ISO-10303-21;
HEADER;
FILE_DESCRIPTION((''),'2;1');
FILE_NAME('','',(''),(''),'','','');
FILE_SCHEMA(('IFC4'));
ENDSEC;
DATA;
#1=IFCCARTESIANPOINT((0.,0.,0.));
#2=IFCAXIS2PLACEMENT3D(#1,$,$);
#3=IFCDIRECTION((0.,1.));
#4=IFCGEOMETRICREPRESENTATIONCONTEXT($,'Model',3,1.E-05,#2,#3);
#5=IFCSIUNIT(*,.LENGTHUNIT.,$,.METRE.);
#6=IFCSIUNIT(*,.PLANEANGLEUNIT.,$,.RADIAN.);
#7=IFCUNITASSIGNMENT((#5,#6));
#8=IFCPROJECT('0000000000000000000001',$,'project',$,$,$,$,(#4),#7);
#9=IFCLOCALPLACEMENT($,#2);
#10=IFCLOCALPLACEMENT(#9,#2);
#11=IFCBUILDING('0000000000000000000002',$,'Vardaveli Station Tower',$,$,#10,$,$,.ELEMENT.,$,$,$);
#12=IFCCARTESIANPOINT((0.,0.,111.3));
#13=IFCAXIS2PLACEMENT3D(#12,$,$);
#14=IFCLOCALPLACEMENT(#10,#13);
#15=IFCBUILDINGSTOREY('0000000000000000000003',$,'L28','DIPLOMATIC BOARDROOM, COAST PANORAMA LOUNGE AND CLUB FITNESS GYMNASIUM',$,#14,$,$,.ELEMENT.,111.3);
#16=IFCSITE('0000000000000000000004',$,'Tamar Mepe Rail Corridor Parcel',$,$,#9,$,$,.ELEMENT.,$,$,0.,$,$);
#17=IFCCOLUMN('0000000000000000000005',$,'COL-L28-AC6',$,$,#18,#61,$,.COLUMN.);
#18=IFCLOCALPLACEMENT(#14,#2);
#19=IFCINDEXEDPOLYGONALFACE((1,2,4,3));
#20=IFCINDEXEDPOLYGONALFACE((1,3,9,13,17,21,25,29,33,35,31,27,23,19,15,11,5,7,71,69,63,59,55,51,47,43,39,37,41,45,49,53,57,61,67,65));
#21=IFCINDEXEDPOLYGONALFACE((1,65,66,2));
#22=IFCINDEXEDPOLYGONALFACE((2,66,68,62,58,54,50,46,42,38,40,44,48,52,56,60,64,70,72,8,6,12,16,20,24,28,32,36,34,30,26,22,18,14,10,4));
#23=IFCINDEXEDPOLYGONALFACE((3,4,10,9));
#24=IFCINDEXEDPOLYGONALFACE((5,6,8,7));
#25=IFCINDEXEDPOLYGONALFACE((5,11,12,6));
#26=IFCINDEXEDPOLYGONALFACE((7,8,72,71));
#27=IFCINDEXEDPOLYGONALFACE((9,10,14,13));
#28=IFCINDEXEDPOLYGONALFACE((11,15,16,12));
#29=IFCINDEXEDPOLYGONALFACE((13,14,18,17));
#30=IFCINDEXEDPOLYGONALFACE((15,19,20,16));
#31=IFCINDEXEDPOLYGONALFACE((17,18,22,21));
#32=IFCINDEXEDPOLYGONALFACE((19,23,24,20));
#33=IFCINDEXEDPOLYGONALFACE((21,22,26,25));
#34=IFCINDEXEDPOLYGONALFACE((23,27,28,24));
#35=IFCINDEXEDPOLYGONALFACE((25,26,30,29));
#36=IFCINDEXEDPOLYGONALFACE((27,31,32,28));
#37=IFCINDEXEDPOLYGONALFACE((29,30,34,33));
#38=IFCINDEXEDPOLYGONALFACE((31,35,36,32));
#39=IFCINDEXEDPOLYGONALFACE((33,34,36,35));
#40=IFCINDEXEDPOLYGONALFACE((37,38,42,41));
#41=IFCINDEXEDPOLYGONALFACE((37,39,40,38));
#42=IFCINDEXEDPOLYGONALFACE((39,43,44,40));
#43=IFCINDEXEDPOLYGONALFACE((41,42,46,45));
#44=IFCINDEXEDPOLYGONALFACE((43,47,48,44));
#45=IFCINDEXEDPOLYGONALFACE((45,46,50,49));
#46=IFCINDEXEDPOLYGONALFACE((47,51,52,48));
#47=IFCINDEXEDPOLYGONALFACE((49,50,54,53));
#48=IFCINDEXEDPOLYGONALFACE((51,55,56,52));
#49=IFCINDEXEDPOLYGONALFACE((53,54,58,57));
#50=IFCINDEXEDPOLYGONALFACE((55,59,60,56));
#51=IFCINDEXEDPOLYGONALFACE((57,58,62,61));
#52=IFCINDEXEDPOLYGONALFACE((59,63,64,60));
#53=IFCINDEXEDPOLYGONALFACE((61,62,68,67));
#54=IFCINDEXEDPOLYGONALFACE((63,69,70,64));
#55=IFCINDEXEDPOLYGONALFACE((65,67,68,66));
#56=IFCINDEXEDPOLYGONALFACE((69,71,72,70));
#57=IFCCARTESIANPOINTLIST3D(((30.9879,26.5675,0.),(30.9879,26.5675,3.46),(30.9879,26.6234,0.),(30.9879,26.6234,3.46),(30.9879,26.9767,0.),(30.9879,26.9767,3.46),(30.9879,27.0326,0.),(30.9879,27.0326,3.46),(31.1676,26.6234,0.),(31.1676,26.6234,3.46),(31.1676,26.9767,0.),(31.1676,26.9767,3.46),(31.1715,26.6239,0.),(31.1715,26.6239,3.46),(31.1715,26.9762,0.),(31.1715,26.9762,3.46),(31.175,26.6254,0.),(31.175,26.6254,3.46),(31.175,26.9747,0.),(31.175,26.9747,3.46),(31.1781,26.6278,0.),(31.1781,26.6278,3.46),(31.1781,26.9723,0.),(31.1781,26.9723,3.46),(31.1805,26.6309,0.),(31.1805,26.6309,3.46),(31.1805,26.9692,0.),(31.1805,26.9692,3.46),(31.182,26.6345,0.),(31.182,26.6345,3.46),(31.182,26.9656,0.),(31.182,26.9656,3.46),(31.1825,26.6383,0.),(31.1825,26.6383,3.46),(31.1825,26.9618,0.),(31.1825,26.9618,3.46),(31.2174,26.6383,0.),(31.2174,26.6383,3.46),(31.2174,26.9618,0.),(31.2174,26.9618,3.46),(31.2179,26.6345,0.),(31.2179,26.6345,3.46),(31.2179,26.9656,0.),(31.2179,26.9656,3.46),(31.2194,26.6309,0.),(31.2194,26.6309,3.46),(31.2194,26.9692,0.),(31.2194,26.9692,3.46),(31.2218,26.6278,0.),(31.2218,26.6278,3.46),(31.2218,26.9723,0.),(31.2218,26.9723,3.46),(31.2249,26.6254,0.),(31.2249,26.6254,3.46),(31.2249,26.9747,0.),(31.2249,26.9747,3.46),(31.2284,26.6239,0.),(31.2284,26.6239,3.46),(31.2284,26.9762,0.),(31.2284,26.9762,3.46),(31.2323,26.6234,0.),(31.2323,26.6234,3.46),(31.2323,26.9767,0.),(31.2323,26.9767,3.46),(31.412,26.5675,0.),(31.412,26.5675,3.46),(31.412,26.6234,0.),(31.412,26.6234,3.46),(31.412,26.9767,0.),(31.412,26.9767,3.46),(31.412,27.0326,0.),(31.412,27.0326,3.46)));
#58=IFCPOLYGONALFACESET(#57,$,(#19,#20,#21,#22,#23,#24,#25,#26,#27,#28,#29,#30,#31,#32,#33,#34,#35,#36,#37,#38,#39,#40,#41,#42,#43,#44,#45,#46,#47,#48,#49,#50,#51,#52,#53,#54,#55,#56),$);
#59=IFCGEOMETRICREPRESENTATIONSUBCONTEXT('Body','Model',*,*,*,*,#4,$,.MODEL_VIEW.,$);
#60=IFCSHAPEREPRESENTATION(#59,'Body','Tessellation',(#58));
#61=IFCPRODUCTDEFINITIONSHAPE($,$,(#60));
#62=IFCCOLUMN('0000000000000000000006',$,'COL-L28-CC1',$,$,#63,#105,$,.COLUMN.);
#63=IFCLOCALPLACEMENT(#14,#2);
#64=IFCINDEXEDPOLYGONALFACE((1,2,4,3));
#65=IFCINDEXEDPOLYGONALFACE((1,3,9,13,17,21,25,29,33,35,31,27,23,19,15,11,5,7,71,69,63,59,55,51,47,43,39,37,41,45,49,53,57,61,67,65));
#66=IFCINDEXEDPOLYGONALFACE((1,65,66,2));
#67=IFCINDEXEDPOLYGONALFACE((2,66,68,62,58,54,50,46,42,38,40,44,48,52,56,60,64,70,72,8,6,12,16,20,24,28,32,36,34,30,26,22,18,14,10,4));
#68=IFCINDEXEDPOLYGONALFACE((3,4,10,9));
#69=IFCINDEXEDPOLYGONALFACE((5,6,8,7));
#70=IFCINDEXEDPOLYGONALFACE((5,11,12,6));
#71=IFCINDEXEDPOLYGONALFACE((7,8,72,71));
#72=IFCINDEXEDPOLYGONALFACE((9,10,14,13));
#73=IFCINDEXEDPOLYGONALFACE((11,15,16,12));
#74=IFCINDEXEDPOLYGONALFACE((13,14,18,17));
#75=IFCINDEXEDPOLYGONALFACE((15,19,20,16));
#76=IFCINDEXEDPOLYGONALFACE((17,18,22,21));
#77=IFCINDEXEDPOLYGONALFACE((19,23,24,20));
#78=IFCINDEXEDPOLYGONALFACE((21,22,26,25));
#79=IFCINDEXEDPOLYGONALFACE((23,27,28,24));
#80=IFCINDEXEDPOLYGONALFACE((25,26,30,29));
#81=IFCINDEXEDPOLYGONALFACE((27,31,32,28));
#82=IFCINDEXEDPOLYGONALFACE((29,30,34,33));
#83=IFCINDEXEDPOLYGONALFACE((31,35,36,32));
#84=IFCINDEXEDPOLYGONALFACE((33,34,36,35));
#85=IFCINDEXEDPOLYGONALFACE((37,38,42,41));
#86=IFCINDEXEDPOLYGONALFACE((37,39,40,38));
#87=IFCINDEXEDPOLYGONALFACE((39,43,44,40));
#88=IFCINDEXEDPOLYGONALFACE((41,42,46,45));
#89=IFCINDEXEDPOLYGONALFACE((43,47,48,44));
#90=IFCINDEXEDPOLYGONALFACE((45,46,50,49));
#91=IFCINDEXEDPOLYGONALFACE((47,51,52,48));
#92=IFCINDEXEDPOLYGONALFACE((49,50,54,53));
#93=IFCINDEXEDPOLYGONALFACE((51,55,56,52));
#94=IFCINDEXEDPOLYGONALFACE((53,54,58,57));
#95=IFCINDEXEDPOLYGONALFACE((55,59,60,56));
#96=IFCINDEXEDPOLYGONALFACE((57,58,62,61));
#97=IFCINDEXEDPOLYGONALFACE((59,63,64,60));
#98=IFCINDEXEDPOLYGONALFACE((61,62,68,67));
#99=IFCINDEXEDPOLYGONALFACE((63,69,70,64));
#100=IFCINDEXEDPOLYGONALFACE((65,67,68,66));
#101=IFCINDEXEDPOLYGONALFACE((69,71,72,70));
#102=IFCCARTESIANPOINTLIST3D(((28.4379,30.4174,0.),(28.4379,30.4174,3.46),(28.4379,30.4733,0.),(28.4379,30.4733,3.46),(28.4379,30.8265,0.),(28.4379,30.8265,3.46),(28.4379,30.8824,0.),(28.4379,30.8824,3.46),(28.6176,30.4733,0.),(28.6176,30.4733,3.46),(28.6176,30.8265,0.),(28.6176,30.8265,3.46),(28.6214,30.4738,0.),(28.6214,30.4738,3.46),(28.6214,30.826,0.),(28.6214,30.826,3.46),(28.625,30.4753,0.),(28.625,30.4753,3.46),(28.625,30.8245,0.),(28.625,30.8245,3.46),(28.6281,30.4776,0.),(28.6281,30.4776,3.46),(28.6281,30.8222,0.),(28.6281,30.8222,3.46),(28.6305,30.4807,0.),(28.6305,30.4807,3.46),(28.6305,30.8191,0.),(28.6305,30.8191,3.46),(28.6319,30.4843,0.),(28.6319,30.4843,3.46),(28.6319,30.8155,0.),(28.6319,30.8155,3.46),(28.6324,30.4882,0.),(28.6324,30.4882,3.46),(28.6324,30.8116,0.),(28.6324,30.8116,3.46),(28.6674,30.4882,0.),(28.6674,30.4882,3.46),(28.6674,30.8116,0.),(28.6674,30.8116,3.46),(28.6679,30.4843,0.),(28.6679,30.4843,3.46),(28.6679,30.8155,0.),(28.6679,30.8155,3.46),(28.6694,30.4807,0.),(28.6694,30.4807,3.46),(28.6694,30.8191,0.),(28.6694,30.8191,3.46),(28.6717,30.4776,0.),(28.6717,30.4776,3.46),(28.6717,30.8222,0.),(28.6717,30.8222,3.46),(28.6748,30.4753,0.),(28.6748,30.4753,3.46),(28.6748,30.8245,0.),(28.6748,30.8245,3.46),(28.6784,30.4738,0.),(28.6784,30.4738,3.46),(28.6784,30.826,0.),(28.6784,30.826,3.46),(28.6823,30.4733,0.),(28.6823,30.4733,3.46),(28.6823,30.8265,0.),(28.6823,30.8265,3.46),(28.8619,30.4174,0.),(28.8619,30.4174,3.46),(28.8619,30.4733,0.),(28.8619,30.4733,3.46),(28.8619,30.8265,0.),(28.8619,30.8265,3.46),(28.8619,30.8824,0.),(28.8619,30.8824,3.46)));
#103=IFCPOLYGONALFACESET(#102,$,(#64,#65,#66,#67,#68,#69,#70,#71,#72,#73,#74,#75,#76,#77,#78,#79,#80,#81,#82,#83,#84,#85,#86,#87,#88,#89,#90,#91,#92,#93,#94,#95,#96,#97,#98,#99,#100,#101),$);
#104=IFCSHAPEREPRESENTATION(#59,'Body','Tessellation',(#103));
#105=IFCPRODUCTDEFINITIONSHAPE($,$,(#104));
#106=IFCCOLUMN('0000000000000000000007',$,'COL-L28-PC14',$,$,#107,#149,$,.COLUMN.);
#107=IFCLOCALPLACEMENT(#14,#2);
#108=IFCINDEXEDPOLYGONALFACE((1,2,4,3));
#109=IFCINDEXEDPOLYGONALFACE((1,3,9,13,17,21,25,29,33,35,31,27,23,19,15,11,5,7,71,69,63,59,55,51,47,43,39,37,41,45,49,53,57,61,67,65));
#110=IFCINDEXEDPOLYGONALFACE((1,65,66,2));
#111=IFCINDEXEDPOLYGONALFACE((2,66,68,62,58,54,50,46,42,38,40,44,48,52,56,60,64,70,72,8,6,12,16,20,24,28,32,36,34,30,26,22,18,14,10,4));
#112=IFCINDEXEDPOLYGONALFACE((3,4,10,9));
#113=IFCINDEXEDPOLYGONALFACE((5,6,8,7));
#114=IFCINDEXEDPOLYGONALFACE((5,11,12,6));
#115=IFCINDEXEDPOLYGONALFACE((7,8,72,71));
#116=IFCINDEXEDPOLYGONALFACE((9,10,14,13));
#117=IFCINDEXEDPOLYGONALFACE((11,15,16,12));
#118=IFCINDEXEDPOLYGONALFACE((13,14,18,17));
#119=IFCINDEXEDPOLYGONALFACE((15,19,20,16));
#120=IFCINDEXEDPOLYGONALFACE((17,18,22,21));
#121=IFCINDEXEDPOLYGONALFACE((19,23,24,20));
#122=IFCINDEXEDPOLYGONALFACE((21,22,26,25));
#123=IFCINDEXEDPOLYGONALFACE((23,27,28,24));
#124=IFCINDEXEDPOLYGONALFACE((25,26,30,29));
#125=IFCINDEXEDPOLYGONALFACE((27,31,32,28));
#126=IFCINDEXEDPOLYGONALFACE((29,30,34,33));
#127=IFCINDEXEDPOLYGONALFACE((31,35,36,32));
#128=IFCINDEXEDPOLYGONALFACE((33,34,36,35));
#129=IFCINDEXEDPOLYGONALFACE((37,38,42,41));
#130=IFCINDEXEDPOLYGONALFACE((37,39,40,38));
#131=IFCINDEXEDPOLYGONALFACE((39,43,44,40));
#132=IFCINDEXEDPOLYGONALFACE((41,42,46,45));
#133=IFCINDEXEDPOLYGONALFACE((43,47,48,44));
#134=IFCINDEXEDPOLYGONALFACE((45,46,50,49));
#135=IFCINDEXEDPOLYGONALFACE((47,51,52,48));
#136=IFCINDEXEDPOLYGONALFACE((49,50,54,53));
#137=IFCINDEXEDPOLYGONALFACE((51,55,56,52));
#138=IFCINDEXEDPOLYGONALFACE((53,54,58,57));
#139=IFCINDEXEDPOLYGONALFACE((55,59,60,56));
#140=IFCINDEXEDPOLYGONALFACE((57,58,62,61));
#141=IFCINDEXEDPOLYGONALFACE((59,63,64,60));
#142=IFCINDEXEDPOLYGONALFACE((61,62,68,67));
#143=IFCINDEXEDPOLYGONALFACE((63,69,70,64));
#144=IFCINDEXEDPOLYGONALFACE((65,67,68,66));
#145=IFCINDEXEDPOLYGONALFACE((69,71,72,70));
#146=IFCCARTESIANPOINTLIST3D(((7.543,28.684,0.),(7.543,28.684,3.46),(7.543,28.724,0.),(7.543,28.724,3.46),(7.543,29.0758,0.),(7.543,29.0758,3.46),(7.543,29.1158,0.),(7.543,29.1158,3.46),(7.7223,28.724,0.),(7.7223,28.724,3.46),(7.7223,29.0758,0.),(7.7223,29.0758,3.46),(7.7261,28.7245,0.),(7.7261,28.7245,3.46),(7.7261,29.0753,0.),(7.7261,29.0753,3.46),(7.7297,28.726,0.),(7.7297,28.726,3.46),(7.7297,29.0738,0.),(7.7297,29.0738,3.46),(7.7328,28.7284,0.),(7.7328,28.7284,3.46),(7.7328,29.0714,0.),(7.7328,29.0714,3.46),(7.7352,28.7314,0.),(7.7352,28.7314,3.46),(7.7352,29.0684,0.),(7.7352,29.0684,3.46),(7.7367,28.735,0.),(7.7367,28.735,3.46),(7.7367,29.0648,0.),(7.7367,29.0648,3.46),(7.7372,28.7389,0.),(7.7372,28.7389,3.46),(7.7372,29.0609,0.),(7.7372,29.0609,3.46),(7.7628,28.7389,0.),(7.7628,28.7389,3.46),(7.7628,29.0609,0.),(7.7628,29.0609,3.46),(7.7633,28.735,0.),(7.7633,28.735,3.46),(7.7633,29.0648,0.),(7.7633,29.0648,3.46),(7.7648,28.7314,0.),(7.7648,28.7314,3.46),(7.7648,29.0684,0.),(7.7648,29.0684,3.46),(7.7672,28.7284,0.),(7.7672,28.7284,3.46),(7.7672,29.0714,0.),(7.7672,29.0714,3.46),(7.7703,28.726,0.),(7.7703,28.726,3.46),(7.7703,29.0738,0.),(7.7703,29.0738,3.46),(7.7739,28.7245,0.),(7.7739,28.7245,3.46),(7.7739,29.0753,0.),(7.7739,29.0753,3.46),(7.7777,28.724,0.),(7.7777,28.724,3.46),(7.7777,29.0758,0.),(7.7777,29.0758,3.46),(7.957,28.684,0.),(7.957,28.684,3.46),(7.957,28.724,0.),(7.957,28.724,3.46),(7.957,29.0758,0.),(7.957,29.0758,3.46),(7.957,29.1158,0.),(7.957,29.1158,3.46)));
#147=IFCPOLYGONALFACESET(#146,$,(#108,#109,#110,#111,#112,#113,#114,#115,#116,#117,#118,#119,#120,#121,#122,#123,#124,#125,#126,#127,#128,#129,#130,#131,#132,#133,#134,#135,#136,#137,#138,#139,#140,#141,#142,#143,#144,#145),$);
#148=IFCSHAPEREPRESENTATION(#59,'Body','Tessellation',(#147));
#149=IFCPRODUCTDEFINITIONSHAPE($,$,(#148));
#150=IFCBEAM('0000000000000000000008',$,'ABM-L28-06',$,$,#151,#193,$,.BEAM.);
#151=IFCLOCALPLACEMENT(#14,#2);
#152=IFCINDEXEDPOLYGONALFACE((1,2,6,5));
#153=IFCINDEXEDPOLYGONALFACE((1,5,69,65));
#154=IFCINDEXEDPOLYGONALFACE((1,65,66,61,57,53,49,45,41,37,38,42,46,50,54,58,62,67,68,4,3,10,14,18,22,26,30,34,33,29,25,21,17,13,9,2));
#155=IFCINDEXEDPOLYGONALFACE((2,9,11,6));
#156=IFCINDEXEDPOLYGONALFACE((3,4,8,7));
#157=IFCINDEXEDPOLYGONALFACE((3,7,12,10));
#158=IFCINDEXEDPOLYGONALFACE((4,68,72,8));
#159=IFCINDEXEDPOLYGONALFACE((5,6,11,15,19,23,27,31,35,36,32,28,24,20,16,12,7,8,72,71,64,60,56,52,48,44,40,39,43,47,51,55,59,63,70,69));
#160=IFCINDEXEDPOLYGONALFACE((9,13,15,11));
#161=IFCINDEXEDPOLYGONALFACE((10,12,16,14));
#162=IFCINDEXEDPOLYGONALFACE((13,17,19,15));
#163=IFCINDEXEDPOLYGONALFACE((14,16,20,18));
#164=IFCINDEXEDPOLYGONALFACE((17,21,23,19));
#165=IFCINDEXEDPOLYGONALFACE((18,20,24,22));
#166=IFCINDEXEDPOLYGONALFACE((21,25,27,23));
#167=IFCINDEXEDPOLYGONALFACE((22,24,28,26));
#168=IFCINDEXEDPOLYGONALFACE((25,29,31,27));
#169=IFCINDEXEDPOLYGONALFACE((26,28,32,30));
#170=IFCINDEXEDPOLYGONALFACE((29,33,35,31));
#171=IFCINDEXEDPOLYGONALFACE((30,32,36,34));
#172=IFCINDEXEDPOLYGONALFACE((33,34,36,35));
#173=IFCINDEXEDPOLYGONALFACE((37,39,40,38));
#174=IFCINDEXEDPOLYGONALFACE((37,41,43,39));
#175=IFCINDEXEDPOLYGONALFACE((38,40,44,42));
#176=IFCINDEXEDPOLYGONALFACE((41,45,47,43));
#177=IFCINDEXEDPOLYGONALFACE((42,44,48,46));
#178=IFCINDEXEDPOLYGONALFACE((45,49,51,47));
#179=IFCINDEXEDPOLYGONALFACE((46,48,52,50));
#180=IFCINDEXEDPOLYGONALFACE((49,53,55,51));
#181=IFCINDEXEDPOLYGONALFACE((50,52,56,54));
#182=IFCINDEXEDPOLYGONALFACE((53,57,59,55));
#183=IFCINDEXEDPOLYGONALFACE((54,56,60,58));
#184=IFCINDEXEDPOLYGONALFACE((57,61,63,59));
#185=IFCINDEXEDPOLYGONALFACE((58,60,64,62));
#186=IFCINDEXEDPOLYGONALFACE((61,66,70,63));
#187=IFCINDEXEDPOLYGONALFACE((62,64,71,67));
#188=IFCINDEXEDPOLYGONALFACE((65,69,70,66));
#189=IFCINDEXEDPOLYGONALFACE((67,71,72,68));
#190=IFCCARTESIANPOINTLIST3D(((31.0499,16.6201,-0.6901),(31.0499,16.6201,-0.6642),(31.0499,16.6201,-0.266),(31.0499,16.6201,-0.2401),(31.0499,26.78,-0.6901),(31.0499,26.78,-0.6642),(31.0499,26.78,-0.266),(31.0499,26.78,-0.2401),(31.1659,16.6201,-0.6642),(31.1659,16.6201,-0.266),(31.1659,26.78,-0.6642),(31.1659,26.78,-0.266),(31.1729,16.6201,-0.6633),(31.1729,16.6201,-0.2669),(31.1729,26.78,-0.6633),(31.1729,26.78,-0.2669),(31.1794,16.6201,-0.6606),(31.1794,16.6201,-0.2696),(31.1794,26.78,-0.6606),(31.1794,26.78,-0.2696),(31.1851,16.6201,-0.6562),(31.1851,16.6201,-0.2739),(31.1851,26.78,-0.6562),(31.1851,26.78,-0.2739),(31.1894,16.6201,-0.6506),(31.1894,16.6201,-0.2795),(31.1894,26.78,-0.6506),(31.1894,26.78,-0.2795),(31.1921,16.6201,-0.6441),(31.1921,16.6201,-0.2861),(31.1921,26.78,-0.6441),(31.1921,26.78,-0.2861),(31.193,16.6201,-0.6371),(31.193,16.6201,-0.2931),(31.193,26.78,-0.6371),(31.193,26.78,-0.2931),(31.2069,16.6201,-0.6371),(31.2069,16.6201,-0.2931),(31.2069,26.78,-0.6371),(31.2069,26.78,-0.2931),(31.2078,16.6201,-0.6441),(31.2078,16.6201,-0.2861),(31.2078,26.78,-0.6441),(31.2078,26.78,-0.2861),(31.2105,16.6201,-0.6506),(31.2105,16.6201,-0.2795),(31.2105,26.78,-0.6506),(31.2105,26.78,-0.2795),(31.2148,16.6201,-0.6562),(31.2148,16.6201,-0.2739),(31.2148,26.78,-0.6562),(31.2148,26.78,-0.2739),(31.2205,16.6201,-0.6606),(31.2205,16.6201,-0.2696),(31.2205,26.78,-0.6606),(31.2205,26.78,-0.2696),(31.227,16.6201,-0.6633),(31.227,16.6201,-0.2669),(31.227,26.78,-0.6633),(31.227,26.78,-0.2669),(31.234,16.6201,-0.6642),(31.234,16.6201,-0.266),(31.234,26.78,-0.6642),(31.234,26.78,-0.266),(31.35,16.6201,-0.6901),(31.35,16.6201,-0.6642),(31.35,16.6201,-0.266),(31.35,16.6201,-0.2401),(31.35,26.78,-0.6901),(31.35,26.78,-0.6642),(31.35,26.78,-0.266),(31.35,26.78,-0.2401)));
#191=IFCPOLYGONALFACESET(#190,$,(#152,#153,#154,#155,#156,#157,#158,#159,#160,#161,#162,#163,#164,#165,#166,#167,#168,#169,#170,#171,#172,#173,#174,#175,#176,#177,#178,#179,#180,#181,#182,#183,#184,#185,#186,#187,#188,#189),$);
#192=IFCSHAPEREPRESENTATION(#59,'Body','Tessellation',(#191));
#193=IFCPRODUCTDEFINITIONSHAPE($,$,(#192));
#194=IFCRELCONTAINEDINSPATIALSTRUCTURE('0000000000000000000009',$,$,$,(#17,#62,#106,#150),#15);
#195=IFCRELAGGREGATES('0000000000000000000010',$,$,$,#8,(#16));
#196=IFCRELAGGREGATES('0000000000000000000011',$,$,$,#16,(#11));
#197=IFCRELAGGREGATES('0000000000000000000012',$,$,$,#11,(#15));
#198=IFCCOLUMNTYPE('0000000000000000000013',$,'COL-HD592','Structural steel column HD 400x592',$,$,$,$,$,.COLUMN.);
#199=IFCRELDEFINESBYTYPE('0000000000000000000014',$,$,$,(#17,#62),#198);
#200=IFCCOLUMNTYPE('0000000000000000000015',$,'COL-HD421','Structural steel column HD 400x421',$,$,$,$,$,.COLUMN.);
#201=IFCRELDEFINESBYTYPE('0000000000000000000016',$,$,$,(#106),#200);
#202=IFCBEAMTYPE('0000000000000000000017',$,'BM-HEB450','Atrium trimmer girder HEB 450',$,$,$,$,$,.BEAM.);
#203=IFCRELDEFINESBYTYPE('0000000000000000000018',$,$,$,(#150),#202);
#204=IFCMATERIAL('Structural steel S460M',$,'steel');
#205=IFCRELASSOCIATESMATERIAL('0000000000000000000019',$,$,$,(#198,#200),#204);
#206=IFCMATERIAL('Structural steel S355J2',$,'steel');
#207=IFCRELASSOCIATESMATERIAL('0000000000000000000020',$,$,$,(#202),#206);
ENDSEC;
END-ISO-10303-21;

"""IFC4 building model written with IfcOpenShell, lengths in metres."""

from ifc_helpers import new_model, si_unit, direction, frame, origin, origin_2d, place, context, subcontext, project, spatial, i_section, extrude, source, transform, mapped, material, material_profile, profile_set, type_object, element, save


model = new_model("IFC4")

# Units and contexts
model_context = context("Model", 3, precision=1e-05, world=origin(), true_north=direction((0.0, 1.0)))
body_context = subcontext(model_context, "Body", "Model", "MODEL_VIEW")
ifc_project = project(units=[si_unit("LENGTHUNIT", "METRE"), si_unit("PLANEANGLEUNIT", "RADIAN")], contexts=[model_context])

# Site, building, storey
site_placement = place(None, origin())
site = spatial("IfcSite", under=ifc_project, at=site_placement, Name="Tamar Mepe Rail Corridor Parcel", CompositionType="ELEMENT", RefElevation=0.0)
building_placement = place(site_placement, origin())
building = spatial("IfcBuilding", under=site, at=building_placement, Name="Vardaveli Station Tower", CompositionType="ELEMENT")
storey_placement = place(building_placement, frame((0.0, 0.0, 111.3)))
storey = spatial("IfcBuildingStorey", under=building, at=storey_placement, Name="L28", Description="DIPLOMATIC BOARDROOM, COAST PANORAMA LOUNGE AND CLUB FITNESS GYMNASIUM", CompositionType="ELEMENT", Elevation=111.3)

# Columns
ifc_material_1 = material(Name="Structural steel S460M", Category="steel")
ifc_material_profile_1 = material_profile(ifc_material_1, i_section(OverallWidth=0.4241, OverallDepth=0.4651, WebThickness=0.0349, FlangeThickness=0.0559, FilletRadius=0.0149, at=origin_2d()), Name="HD 400x592")
ifc_profile_set_1 = profile_set([ifc_material_profile_1], Name="Structural steel S460M")
column_type_1 = type_object("IfcColumnType", Name="COL-HD592", Description="Structural steel column HD 400x592", PredefinedType="COLUMN", material=ifc_profile_set_1)
shared_shape_1 = source(origin(), body_context, "Body", "SweptSolid", [
    extrude(i_section(OverallWidth=0.4241, OverallDepth=0.4651, WebThickness=0.0349, FlangeThickness=0.0559, FilletRadius=0.0149, at=origin_2d()), origin(), (0.0, 0.0, 1.0), 3.46),
])
for number, where, z_axis, x_axis, name in (
    (1, (31.2, 26.8, 0.0), (0.0, 0.0, 1.0), (1.0, 0.0, 0.0), "COL-L28-AC6"),
    (2, (28.6499, 30.6499, 0.0), (0.0, 0.0, 1.0), (1.0, 0.0, 0.0), "COL-L28-CC1"),
):
    element("IfcColumn", number, at=place(storey_placement, frame(where, z_axis=z_axis, x_axis=x_axis)), inside=storey, type_object=column_type_1, Name=name, PredefinedType="COLUMN", context=body_context, shape_type="MappedRepresentation", body=[
        mapped(shared_shape_1, transform((0.0, 0.0, 0.0), scale=1.0)),
    ])
ifc_material_profile_2 = material_profile(ifc_material_1, i_section(OverallWidth=0.4141, OverallDepth=0.4319, WebThickness=0.0256, FlangeThickness=0.04, FilletRadius=0.0149, at=origin_2d()), Name="HD 400x421")
ifc_profile_set_2 = profile_set([ifc_material_profile_2], Name="Structural steel S460M")
column_type_2 = type_object("IfcColumnType", Name="COL-HD421", Description="Structural steel column HD 400x421", PredefinedType="COLUMN", material=ifc_profile_set_2)
shared_shape_2 = source(origin(), body_context, "Body", "SweptSolid", [
    extrude(i_section(OverallWidth=0.4141, OverallDepth=0.4319, WebThickness=0.0256, FlangeThickness=0.04, FilletRadius=0.0149, at=origin_2d()), origin(), (0.0, 0.0, 1.0), 3.46),
])
column_placement = place(storey_placement, frame((7.75, 28.8999, 0.0), z_axis=(0.0, 0.0, 1.0), x_axis=(1.0, 0.0, 0.0)))
element("IfcColumn", 3, at=column_placement, inside=storey, type_object=column_type_2, Name="COL-L28-PC14", PredefinedType="COLUMN", context=body_context, shape_type="MappedRepresentation", body=[
    mapped(shared_shape_2, transform((0.0, 0.0, 0.0), scale=1.0)),
])

# Beam
ifc_material_2 = material(Name="Structural steel S355J2", Category="steel")
ifc_material_profile_3 = material_profile(ifc_material_2, i_section(OverallWidth=0.3, OverallDepth=0.45, WebThickness=0.0139, FlangeThickness=0.0259, FilletRadius=0.0271, at=origin_2d()), Name="HEB 450")
ifc_profile_set_3 = profile_set([ifc_material_profile_3], Name="Structural steel S355J2")
beam_type_1 = type_object("IfcBeamType", Name="BM-HEB450", Description="Atrium trimmer girder HEB 450", PredefinedType="BEAM", material=ifc_profile_set_3)
shared_shape_3 = source(origin(), body_context, "Body", "SweptSolid", [
    extrude(i_section(OverallWidth=0.3, OverallDepth=0.45, WebThickness=0.0139, FlangeThickness=0.0259, FilletRadius=0.0271, at=origin_2d()), origin(), (0.0, 0.0, 1.0), 10.1599),
])
beam_1_placement = place(storey_placement, frame((31.2, 26.78, -0.4651), z_axis=(0.0, -1.0, 0.0), x_axis=(1.0, 0.0, 0.0)))
element("IfcBeam", 4, at=beam_1_placement, inside=storey, type_object=beam_type_1, Name="ABM-L28-06", PredefinedType="BEAM", context=body_context, shape_type="MappedRepresentation", body=[
    mapped(shared_shape_3, transform((0.0, 0.0, 0.0), scale=1.0)),
])

save(model, "model.ifc")
